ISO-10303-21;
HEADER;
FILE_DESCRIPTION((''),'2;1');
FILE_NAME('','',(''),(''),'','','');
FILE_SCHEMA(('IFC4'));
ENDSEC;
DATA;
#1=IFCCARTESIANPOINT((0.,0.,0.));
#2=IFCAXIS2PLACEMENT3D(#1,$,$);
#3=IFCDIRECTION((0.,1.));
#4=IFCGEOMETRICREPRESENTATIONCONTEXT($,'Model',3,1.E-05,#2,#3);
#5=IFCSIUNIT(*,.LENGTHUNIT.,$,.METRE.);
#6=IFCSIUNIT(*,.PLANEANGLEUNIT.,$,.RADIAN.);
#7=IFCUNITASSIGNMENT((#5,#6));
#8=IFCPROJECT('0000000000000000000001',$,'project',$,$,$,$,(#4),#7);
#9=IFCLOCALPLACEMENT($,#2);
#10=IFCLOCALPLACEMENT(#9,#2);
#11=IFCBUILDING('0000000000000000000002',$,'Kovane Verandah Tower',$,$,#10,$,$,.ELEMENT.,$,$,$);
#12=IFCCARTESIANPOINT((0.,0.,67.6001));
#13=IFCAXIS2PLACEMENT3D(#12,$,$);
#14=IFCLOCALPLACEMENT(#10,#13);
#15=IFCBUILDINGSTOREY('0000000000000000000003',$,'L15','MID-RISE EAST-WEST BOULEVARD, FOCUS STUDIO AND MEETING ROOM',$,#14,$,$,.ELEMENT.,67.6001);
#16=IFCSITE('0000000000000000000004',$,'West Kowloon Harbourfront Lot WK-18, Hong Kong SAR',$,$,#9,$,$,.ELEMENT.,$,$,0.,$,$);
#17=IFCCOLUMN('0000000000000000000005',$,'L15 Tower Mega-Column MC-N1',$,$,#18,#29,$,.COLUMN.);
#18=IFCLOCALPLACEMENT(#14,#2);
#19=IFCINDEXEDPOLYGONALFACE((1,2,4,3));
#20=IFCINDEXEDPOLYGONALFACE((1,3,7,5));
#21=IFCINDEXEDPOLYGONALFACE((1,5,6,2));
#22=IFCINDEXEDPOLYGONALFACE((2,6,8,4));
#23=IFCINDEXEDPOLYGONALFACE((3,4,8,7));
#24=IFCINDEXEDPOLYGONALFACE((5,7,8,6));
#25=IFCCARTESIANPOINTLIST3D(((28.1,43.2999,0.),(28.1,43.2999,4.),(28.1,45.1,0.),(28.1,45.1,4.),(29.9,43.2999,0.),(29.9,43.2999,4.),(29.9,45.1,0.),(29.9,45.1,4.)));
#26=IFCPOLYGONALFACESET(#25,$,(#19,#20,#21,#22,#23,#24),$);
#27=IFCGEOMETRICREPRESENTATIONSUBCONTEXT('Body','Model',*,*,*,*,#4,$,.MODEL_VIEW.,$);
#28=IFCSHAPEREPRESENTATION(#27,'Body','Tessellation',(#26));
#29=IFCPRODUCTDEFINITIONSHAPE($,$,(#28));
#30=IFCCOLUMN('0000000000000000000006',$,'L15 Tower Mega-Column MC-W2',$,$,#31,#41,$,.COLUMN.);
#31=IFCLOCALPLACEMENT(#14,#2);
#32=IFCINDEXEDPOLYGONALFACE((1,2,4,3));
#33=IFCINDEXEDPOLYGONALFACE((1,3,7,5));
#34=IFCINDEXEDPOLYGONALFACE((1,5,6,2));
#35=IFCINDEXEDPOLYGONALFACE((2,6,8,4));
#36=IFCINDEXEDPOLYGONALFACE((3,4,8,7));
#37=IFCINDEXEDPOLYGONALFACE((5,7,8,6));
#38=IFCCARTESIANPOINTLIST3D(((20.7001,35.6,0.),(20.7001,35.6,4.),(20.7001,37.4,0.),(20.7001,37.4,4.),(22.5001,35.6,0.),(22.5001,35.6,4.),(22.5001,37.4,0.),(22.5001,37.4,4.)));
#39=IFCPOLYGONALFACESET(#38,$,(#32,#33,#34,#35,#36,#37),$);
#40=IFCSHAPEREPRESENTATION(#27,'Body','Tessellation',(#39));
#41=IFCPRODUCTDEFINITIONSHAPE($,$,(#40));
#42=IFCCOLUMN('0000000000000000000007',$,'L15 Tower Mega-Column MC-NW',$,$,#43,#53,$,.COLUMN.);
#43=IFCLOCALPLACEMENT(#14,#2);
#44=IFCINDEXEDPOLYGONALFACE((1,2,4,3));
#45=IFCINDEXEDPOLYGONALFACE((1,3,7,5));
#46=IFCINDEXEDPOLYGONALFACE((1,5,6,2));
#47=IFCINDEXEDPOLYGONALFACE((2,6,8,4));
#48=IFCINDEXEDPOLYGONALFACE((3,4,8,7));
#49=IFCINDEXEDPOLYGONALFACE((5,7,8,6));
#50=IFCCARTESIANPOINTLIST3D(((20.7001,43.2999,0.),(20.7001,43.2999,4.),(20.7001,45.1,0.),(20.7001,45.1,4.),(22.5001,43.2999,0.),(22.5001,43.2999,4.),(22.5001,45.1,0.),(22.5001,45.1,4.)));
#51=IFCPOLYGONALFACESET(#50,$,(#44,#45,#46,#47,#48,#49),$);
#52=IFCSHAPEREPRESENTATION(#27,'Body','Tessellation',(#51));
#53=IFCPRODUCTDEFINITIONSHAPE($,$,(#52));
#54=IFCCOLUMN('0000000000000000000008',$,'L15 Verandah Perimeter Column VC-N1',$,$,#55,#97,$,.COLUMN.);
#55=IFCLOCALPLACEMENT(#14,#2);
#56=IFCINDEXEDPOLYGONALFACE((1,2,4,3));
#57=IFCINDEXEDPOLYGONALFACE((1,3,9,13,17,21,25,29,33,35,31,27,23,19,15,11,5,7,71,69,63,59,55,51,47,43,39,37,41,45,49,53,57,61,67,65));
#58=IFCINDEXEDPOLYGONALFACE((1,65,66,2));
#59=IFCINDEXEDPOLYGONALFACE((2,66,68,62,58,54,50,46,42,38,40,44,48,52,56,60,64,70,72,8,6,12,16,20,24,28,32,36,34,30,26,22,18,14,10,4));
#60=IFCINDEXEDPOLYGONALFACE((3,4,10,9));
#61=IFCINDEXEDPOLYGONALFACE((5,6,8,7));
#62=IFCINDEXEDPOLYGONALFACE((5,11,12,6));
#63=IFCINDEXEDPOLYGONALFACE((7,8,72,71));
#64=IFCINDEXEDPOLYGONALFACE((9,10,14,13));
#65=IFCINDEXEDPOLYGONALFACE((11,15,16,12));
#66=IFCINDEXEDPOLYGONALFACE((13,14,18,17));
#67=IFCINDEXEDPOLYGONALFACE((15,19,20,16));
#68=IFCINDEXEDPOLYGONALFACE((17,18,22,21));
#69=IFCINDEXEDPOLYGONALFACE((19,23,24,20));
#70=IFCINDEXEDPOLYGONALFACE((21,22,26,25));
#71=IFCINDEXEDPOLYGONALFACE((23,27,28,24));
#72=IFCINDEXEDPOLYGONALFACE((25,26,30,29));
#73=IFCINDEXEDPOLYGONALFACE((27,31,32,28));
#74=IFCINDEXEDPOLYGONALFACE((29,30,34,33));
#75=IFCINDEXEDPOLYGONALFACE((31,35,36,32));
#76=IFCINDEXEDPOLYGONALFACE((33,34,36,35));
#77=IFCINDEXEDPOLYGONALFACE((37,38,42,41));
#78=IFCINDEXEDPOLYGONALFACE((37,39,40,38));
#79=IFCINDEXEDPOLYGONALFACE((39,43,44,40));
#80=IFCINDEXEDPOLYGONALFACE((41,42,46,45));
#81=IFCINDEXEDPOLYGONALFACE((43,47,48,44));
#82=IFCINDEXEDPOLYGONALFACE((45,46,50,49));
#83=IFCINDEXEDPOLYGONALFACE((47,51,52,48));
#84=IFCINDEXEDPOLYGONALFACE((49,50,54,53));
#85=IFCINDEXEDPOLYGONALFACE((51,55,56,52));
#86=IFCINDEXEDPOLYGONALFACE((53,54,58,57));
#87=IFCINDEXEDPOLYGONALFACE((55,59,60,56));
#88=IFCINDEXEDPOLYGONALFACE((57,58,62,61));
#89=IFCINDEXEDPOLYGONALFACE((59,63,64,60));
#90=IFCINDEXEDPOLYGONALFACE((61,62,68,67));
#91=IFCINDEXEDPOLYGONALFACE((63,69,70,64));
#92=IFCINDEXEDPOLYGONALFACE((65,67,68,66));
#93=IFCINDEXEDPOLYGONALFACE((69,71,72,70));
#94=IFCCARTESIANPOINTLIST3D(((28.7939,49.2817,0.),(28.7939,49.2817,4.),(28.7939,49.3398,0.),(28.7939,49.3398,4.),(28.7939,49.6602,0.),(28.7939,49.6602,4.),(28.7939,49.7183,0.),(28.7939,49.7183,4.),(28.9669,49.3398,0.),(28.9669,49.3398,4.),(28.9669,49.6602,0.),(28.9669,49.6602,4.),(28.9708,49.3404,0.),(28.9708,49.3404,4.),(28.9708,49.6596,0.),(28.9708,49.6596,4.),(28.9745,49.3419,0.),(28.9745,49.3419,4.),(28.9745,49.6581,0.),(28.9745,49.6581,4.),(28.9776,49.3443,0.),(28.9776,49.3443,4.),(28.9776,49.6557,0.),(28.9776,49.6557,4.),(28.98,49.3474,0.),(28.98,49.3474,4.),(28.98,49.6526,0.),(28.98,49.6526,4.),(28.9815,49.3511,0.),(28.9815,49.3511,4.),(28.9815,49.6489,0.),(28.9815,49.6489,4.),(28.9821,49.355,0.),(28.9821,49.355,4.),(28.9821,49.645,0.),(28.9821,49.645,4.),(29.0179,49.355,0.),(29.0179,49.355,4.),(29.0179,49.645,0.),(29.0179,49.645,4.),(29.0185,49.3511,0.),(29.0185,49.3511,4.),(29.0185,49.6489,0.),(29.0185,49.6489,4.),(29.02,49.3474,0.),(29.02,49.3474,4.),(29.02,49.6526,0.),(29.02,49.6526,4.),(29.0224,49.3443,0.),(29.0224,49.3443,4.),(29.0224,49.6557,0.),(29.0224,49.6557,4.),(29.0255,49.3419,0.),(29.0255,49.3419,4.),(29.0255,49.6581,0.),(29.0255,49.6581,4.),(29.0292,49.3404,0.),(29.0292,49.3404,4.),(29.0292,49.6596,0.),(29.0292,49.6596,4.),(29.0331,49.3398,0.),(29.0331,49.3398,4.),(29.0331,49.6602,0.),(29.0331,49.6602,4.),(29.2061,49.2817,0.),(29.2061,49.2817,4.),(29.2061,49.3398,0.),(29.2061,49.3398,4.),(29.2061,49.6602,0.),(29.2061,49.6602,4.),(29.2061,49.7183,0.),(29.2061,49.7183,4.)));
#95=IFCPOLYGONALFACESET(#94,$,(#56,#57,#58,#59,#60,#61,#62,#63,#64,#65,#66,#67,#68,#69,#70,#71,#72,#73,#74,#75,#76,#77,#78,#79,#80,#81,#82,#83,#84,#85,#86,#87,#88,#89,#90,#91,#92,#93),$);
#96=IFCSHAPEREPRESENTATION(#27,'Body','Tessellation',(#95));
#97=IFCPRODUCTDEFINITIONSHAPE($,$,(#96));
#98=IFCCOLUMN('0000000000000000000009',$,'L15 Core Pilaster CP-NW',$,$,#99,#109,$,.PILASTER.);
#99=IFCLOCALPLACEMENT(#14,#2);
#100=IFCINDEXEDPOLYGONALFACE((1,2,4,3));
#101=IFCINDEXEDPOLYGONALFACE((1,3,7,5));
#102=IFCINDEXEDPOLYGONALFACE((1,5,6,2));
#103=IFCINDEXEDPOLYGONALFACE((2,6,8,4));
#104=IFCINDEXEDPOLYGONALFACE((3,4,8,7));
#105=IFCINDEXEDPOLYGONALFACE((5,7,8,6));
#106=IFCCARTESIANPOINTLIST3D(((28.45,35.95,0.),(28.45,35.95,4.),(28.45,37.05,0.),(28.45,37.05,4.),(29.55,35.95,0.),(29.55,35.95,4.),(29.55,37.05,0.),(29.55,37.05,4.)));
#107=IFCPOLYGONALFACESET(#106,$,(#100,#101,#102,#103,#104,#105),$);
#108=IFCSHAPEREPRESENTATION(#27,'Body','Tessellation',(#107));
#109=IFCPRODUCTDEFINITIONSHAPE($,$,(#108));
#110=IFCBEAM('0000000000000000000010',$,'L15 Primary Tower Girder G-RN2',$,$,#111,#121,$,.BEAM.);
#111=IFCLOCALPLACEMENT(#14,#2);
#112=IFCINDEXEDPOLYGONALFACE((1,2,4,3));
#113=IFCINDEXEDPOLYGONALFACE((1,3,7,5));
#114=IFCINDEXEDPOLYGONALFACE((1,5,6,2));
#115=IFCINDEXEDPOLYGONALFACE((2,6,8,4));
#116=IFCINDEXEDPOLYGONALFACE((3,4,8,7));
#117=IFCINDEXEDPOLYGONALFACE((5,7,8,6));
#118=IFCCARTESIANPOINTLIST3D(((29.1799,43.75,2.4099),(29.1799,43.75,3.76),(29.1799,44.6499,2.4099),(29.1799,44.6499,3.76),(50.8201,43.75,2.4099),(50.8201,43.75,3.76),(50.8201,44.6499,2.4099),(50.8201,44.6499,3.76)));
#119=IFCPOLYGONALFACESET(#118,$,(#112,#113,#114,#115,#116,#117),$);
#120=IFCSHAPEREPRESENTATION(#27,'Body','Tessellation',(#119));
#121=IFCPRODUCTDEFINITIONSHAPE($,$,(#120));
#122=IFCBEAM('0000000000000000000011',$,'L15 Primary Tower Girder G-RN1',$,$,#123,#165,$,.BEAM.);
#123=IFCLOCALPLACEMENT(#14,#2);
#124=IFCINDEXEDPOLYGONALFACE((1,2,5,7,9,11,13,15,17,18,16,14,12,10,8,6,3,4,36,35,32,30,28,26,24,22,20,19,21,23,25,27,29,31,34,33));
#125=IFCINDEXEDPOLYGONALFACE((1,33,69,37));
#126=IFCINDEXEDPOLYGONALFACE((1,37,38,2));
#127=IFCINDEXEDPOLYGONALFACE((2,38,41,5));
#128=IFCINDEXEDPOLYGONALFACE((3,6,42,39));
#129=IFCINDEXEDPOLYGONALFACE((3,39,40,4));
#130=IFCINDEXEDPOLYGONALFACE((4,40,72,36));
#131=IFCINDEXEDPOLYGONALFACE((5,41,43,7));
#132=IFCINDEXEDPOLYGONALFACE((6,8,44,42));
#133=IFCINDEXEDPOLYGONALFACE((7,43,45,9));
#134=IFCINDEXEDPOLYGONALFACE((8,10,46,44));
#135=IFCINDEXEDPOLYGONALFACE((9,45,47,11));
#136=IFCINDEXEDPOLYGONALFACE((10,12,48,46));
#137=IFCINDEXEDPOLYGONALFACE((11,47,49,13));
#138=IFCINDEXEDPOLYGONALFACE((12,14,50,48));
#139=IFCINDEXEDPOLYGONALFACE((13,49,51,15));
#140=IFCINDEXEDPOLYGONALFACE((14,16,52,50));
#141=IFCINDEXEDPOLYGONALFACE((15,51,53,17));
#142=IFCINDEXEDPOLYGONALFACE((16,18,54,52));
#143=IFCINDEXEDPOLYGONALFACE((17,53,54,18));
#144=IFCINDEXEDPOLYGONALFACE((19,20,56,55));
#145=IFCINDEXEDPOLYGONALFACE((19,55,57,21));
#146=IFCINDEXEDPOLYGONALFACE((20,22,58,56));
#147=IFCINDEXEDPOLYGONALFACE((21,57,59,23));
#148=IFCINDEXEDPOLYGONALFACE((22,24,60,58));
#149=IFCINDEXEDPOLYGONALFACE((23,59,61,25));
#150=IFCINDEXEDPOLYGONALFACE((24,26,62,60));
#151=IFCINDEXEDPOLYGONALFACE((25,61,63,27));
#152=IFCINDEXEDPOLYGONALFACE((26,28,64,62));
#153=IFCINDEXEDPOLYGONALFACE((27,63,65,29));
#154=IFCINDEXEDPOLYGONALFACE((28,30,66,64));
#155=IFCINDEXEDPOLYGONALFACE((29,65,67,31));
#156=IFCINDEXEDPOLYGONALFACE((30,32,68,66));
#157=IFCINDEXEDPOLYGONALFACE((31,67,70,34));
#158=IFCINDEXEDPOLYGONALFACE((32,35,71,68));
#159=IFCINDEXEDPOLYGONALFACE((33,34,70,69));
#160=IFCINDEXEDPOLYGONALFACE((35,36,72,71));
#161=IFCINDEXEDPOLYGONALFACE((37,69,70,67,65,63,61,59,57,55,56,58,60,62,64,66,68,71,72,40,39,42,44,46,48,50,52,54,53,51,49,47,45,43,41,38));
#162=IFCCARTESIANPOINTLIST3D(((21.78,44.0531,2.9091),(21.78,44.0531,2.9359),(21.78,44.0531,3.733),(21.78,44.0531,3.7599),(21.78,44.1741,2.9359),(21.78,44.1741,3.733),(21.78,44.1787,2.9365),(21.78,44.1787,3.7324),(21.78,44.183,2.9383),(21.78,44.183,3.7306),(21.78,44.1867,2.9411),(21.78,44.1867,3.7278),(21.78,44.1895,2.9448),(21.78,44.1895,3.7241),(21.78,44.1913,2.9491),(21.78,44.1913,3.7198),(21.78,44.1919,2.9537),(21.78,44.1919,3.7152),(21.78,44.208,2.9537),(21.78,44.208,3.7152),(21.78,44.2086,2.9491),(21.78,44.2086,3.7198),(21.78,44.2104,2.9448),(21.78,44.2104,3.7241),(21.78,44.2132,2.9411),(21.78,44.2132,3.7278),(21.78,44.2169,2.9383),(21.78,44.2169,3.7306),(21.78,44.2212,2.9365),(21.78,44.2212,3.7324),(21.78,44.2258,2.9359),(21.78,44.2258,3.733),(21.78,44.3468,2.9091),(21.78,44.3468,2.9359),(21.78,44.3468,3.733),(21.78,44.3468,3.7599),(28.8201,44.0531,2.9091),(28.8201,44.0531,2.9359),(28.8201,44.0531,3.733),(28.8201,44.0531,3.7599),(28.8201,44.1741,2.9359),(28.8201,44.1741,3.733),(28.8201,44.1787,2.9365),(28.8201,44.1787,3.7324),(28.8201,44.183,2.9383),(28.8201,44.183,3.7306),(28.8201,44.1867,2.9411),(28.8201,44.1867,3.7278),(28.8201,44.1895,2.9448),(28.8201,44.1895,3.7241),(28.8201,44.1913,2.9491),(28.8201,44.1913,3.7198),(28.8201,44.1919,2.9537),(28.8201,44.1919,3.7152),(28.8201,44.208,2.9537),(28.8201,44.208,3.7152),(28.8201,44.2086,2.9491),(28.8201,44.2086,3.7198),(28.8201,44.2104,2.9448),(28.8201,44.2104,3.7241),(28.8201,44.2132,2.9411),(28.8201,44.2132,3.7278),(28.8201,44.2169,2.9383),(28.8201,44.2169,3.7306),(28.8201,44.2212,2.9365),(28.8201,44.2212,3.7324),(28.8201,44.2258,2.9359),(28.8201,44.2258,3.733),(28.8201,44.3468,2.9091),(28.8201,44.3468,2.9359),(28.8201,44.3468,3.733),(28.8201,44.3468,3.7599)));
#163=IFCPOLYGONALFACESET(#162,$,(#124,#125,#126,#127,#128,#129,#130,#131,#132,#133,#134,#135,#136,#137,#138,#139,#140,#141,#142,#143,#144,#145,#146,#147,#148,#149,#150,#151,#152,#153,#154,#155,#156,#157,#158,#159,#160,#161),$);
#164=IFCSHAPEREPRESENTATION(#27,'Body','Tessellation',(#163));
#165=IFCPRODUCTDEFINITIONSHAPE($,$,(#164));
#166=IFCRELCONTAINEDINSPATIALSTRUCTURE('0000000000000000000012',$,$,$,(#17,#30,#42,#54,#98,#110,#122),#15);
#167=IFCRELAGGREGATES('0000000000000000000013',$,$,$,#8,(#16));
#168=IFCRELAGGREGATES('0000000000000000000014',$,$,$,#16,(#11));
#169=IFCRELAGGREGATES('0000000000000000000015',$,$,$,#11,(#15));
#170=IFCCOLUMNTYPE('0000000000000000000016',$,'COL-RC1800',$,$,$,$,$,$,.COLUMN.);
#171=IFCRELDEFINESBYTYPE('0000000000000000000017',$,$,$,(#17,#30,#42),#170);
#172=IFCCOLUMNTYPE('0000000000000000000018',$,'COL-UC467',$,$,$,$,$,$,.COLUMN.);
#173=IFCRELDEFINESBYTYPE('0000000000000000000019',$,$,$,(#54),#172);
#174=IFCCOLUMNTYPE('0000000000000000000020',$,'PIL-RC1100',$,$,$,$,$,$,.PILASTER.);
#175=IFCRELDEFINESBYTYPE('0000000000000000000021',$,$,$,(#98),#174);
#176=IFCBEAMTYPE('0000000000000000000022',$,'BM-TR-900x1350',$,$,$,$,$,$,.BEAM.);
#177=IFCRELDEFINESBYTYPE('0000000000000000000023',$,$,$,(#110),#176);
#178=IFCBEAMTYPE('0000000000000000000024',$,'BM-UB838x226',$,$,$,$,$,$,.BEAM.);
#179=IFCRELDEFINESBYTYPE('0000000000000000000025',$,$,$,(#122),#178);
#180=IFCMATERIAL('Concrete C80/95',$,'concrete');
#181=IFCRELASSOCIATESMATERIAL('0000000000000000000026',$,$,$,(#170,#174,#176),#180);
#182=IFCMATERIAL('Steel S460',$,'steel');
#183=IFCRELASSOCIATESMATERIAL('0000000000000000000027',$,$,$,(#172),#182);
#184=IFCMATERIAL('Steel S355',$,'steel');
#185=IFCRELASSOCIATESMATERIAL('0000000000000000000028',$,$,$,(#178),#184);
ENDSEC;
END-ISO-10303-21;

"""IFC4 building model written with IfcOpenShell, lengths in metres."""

from ifc_helpers import new_model, si_unit, direction, frame, origin, origin_2d, place, context, subcontext, project, spatial, rectangle, i_section, extrude, material, material_profile, profile_set, type_object, element, save


model = new_model("IFC4")

# Units and contexts
model_context = context("Model", 3, precision=1e-05, world=origin(), true_north=direction((0.0, 1.0)))
body_context = subcontext(model_context, "Body", "Model", "MODEL_VIEW")
ifc_project = project(units=[si_unit("LENGTHUNIT", "METRE"), si_unit("PLANEANGLEUNIT", "RADIAN")], contexts=[model_context])

# Site, building, storey
site_placement = place(None, origin())
site = spatial("IfcSite", under=ifc_project, at=site_placement, Name="West Kowloon Harbourfront Lot WK-18, Hong Kong SAR", CompositionType="ELEMENT", RefElevation=0.0)
building_placement = place(site_placement, origin())
building = spatial("IfcBuilding", under=site, at=building_placement, Name="Kovane Verandah Tower", CompositionType="ELEMENT")
storey_placement = place(building_placement, frame((0.0, 0.0, 67.6001)))
storey = spatial("IfcBuildingStorey", under=building, at=storey_placement, Name="L15", Description="MID-RISE EAST-WEST BOULEVARD, FOCUS STUDIO AND MEETING ROOM", CompositionType="ELEMENT", Elevation=67.6001)

# Columns
ifc_material_1 = material(Name="Concrete C80/95", Category="concrete")
ifc_material_profile_1 = material_profile(ifc_material_1, rectangle(XDim=1.8, YDim=1.8, at=origin_2d()), Name="RC1800x1800")
ifc_profile_set_1 = profile_set([ifc_material_profile_1], Name="Concrete C80/95")
column_type_1 = type_object("IfcColumnType", Name="COL-RC1800", PredefinedType="COLUMN", material=ifc_profile_set_1)
for number, where, z_axis, x_axis, name in (
    (1, (29.0, 44.2, 0.0), (0.0, 0.0, 1.0), (1.0, 0.0, 0.0), "L15 Tower Mega-Column MC-N1"),
    (2, (21.6001, 36.5, 0.0), (0.0, 0.0, 1.0), (1.0, 0.0, 0.0), "L15 Tower Mega-Column MC-W2"),
    (3, (21.6001, 44.2, 0.0), (0.0, 0.0, 1.0), (1.0, 0.0, 0.0), "L15 Tower Mega-Column MC-NW"),
):
    element("IfcColumn", number, at=place(storey_placement, frame(where, z_axis=z_axis, x_axis=x_axis)), inside=storey, type_object=column_type_1, Name=name, PredefinedType="COLUMN", context=body_context, shape_type="SweptSolid", body=[
        extrude(rectangle(XDim=1.8, YDim=1.8, at=origin_2d()), origin(), (0.0, 0.0, 1.0), 4.0),
    ])
ifc_material_2 = material(Name="Steel S460", Category="steel")
ifc_material_profile_2 = material_profile(ifc_material_2, i_section(OverallWidth=0.4121, OverallDepth=0.4365, WebThickness=0.0359, FlangeThickness=0.0581, FilletRadius=0.0151, at=origin_2d()), Name="UC356x406x467")
ifc_profile_set_2 = profile_set([ifc_material_profile_2], Name="Steel S460")
column_type_2 = type_object("IfcColumnType", Name="COL-UC467", PredefinedType="COLUMN", material=ifc_profile_set_2)
column_1_placement = place(storey_placement, frame((29.0, 49.5, 0.0), z_axis=(0.0, 0.0, 1.0), x_axis=(1.0, 0.0, 0.0)))
element("IfcColumn", 4, at=column_1_placement, inside=storey, type_object=column_type_2, Name="L15 Verandah Perimeter Column VC-N1", PredefinedType="COLUMN", context=body_context, shape_type="SweptSolid", body=[
    extrude(i_section(OverallWidth=0.4121, OverallDepth=0.4365, WebThickness=0.0359, FlangeThickness=0.0581, FilletRadius=0.0151, at=origin_2d()), origin(), (0.0, 0.0, 1.0), 4.0),
])
ifc_material_profile_3 = material_profile(ifc_material_1, rectangle(XDim=1.1001, YDim=1.1001, at=origin_2d()), Name="RC1100x1100")
ifc_profile_set_3 = profile_set([ifc_material_profile_3], Name="Concrete C80/95")
column_type_3 = type_object("IfcColumnType", Name="PIL-RC1100", PredefinedType="PILASTER", material=ifc_profile_set_3)
column_2_placement = place(storey_placement, frame((29.0, 36.5, 0.0), z_axis=(0.0, 0.0, 1.0), x_axis=(1.0, 0.0, 0.0)))
element("IfcColumn", 5, at=column_2_placement, inside=storey, type_object=column_type_3, Name="L15 Core Pilaster CP-NW", PredefinedType="PILASTER", context=body_context, shape_type="SweptSolid", body=[
    extrude(rectangle(XDim=1.1001, YDim=1.1001, at=origin_2d()), origin(), (0.0, 0.0, 1.0), 4.0),
])

# Beams
ifc_material_profile_4 = material_profile(ifc_material_1, rectangle(XDim=0.8999, YDim=1.3501, at=origin_2d()), Name="RCB900x1350")
ifc_profile_set_4 = profile_set([ifc_material_profile_4], Name="Concrete C80/95")
beam_type_1 = type_object("IfcBeamType", Name="BM-TR-900x1350", PredefinedType="BEAM", material=ifc_profile_set_4)
beam_1_placement = place(storey_placement, frame((29.1799, 44.2, 3.085), z_axis=(1.0, 0.0, 0.0), x_axis=(0.0, 1.0, 0.0)))
element("IfcBeam", 6, at=beam_1_placement, inside=storey, type_object=beam_type_1, Name="L15 Primary Tower Girder G-RN2", PredefinedType="BEAM", context=body_context, shape_type="SweptSolid", body=[
    extrude(rectangle(XDim=0.8999, YDim=1.3501, at=origin_2d()), origin(), (0.0, 0.0, 1.0), 21.6401),
])
ifc_material_3 = material(Name="Steel S355", Category="steel")
ifc_material_profile_5 = material_profile(ifc_material_3, i_section(OverallWidth=0.2937, OverallDepth=0.8508, WebThickness=0.0161, FlangeThickness=0.0269, FilletRadius=0.0178, at=origin_2d()), Name="UB838x292x226")
ifc_profile_set_5 = profile_set([ifc_material_profile_5], Name="Steel S355")
beam_type_2 = type_object("IfcBeamType", Name="BM-UB838x226", PredefinedType="BEAM", material=ifc_profile_set_5)
beam_2_placement = place(storey_placement, frame((21.78, 44.2, 3.3345), z_axis=(1.0, 0.0, 0.0), x_axis=(0.0, 1.0, 0.0)))
element("IfcBeam", 7, at=beam_2_placement, inside=storey, type_object=beam_type_2, Name="L15 Primary Tower Girder G-RN1", PredefinedType="BEAM", context=body_context, shape_type="SweptSolid", body=[
    extrude(i_section(OverallWidth=0.2937, OverallDepth=0.8508, WebThickness=0.0161, FlangeThickness=0.0269, FilletRadius=0.0178, at=origin_2d()), origin(), (0.0, 0.0, 1.0), 7.04),
])

save(model, "model.ifc")
